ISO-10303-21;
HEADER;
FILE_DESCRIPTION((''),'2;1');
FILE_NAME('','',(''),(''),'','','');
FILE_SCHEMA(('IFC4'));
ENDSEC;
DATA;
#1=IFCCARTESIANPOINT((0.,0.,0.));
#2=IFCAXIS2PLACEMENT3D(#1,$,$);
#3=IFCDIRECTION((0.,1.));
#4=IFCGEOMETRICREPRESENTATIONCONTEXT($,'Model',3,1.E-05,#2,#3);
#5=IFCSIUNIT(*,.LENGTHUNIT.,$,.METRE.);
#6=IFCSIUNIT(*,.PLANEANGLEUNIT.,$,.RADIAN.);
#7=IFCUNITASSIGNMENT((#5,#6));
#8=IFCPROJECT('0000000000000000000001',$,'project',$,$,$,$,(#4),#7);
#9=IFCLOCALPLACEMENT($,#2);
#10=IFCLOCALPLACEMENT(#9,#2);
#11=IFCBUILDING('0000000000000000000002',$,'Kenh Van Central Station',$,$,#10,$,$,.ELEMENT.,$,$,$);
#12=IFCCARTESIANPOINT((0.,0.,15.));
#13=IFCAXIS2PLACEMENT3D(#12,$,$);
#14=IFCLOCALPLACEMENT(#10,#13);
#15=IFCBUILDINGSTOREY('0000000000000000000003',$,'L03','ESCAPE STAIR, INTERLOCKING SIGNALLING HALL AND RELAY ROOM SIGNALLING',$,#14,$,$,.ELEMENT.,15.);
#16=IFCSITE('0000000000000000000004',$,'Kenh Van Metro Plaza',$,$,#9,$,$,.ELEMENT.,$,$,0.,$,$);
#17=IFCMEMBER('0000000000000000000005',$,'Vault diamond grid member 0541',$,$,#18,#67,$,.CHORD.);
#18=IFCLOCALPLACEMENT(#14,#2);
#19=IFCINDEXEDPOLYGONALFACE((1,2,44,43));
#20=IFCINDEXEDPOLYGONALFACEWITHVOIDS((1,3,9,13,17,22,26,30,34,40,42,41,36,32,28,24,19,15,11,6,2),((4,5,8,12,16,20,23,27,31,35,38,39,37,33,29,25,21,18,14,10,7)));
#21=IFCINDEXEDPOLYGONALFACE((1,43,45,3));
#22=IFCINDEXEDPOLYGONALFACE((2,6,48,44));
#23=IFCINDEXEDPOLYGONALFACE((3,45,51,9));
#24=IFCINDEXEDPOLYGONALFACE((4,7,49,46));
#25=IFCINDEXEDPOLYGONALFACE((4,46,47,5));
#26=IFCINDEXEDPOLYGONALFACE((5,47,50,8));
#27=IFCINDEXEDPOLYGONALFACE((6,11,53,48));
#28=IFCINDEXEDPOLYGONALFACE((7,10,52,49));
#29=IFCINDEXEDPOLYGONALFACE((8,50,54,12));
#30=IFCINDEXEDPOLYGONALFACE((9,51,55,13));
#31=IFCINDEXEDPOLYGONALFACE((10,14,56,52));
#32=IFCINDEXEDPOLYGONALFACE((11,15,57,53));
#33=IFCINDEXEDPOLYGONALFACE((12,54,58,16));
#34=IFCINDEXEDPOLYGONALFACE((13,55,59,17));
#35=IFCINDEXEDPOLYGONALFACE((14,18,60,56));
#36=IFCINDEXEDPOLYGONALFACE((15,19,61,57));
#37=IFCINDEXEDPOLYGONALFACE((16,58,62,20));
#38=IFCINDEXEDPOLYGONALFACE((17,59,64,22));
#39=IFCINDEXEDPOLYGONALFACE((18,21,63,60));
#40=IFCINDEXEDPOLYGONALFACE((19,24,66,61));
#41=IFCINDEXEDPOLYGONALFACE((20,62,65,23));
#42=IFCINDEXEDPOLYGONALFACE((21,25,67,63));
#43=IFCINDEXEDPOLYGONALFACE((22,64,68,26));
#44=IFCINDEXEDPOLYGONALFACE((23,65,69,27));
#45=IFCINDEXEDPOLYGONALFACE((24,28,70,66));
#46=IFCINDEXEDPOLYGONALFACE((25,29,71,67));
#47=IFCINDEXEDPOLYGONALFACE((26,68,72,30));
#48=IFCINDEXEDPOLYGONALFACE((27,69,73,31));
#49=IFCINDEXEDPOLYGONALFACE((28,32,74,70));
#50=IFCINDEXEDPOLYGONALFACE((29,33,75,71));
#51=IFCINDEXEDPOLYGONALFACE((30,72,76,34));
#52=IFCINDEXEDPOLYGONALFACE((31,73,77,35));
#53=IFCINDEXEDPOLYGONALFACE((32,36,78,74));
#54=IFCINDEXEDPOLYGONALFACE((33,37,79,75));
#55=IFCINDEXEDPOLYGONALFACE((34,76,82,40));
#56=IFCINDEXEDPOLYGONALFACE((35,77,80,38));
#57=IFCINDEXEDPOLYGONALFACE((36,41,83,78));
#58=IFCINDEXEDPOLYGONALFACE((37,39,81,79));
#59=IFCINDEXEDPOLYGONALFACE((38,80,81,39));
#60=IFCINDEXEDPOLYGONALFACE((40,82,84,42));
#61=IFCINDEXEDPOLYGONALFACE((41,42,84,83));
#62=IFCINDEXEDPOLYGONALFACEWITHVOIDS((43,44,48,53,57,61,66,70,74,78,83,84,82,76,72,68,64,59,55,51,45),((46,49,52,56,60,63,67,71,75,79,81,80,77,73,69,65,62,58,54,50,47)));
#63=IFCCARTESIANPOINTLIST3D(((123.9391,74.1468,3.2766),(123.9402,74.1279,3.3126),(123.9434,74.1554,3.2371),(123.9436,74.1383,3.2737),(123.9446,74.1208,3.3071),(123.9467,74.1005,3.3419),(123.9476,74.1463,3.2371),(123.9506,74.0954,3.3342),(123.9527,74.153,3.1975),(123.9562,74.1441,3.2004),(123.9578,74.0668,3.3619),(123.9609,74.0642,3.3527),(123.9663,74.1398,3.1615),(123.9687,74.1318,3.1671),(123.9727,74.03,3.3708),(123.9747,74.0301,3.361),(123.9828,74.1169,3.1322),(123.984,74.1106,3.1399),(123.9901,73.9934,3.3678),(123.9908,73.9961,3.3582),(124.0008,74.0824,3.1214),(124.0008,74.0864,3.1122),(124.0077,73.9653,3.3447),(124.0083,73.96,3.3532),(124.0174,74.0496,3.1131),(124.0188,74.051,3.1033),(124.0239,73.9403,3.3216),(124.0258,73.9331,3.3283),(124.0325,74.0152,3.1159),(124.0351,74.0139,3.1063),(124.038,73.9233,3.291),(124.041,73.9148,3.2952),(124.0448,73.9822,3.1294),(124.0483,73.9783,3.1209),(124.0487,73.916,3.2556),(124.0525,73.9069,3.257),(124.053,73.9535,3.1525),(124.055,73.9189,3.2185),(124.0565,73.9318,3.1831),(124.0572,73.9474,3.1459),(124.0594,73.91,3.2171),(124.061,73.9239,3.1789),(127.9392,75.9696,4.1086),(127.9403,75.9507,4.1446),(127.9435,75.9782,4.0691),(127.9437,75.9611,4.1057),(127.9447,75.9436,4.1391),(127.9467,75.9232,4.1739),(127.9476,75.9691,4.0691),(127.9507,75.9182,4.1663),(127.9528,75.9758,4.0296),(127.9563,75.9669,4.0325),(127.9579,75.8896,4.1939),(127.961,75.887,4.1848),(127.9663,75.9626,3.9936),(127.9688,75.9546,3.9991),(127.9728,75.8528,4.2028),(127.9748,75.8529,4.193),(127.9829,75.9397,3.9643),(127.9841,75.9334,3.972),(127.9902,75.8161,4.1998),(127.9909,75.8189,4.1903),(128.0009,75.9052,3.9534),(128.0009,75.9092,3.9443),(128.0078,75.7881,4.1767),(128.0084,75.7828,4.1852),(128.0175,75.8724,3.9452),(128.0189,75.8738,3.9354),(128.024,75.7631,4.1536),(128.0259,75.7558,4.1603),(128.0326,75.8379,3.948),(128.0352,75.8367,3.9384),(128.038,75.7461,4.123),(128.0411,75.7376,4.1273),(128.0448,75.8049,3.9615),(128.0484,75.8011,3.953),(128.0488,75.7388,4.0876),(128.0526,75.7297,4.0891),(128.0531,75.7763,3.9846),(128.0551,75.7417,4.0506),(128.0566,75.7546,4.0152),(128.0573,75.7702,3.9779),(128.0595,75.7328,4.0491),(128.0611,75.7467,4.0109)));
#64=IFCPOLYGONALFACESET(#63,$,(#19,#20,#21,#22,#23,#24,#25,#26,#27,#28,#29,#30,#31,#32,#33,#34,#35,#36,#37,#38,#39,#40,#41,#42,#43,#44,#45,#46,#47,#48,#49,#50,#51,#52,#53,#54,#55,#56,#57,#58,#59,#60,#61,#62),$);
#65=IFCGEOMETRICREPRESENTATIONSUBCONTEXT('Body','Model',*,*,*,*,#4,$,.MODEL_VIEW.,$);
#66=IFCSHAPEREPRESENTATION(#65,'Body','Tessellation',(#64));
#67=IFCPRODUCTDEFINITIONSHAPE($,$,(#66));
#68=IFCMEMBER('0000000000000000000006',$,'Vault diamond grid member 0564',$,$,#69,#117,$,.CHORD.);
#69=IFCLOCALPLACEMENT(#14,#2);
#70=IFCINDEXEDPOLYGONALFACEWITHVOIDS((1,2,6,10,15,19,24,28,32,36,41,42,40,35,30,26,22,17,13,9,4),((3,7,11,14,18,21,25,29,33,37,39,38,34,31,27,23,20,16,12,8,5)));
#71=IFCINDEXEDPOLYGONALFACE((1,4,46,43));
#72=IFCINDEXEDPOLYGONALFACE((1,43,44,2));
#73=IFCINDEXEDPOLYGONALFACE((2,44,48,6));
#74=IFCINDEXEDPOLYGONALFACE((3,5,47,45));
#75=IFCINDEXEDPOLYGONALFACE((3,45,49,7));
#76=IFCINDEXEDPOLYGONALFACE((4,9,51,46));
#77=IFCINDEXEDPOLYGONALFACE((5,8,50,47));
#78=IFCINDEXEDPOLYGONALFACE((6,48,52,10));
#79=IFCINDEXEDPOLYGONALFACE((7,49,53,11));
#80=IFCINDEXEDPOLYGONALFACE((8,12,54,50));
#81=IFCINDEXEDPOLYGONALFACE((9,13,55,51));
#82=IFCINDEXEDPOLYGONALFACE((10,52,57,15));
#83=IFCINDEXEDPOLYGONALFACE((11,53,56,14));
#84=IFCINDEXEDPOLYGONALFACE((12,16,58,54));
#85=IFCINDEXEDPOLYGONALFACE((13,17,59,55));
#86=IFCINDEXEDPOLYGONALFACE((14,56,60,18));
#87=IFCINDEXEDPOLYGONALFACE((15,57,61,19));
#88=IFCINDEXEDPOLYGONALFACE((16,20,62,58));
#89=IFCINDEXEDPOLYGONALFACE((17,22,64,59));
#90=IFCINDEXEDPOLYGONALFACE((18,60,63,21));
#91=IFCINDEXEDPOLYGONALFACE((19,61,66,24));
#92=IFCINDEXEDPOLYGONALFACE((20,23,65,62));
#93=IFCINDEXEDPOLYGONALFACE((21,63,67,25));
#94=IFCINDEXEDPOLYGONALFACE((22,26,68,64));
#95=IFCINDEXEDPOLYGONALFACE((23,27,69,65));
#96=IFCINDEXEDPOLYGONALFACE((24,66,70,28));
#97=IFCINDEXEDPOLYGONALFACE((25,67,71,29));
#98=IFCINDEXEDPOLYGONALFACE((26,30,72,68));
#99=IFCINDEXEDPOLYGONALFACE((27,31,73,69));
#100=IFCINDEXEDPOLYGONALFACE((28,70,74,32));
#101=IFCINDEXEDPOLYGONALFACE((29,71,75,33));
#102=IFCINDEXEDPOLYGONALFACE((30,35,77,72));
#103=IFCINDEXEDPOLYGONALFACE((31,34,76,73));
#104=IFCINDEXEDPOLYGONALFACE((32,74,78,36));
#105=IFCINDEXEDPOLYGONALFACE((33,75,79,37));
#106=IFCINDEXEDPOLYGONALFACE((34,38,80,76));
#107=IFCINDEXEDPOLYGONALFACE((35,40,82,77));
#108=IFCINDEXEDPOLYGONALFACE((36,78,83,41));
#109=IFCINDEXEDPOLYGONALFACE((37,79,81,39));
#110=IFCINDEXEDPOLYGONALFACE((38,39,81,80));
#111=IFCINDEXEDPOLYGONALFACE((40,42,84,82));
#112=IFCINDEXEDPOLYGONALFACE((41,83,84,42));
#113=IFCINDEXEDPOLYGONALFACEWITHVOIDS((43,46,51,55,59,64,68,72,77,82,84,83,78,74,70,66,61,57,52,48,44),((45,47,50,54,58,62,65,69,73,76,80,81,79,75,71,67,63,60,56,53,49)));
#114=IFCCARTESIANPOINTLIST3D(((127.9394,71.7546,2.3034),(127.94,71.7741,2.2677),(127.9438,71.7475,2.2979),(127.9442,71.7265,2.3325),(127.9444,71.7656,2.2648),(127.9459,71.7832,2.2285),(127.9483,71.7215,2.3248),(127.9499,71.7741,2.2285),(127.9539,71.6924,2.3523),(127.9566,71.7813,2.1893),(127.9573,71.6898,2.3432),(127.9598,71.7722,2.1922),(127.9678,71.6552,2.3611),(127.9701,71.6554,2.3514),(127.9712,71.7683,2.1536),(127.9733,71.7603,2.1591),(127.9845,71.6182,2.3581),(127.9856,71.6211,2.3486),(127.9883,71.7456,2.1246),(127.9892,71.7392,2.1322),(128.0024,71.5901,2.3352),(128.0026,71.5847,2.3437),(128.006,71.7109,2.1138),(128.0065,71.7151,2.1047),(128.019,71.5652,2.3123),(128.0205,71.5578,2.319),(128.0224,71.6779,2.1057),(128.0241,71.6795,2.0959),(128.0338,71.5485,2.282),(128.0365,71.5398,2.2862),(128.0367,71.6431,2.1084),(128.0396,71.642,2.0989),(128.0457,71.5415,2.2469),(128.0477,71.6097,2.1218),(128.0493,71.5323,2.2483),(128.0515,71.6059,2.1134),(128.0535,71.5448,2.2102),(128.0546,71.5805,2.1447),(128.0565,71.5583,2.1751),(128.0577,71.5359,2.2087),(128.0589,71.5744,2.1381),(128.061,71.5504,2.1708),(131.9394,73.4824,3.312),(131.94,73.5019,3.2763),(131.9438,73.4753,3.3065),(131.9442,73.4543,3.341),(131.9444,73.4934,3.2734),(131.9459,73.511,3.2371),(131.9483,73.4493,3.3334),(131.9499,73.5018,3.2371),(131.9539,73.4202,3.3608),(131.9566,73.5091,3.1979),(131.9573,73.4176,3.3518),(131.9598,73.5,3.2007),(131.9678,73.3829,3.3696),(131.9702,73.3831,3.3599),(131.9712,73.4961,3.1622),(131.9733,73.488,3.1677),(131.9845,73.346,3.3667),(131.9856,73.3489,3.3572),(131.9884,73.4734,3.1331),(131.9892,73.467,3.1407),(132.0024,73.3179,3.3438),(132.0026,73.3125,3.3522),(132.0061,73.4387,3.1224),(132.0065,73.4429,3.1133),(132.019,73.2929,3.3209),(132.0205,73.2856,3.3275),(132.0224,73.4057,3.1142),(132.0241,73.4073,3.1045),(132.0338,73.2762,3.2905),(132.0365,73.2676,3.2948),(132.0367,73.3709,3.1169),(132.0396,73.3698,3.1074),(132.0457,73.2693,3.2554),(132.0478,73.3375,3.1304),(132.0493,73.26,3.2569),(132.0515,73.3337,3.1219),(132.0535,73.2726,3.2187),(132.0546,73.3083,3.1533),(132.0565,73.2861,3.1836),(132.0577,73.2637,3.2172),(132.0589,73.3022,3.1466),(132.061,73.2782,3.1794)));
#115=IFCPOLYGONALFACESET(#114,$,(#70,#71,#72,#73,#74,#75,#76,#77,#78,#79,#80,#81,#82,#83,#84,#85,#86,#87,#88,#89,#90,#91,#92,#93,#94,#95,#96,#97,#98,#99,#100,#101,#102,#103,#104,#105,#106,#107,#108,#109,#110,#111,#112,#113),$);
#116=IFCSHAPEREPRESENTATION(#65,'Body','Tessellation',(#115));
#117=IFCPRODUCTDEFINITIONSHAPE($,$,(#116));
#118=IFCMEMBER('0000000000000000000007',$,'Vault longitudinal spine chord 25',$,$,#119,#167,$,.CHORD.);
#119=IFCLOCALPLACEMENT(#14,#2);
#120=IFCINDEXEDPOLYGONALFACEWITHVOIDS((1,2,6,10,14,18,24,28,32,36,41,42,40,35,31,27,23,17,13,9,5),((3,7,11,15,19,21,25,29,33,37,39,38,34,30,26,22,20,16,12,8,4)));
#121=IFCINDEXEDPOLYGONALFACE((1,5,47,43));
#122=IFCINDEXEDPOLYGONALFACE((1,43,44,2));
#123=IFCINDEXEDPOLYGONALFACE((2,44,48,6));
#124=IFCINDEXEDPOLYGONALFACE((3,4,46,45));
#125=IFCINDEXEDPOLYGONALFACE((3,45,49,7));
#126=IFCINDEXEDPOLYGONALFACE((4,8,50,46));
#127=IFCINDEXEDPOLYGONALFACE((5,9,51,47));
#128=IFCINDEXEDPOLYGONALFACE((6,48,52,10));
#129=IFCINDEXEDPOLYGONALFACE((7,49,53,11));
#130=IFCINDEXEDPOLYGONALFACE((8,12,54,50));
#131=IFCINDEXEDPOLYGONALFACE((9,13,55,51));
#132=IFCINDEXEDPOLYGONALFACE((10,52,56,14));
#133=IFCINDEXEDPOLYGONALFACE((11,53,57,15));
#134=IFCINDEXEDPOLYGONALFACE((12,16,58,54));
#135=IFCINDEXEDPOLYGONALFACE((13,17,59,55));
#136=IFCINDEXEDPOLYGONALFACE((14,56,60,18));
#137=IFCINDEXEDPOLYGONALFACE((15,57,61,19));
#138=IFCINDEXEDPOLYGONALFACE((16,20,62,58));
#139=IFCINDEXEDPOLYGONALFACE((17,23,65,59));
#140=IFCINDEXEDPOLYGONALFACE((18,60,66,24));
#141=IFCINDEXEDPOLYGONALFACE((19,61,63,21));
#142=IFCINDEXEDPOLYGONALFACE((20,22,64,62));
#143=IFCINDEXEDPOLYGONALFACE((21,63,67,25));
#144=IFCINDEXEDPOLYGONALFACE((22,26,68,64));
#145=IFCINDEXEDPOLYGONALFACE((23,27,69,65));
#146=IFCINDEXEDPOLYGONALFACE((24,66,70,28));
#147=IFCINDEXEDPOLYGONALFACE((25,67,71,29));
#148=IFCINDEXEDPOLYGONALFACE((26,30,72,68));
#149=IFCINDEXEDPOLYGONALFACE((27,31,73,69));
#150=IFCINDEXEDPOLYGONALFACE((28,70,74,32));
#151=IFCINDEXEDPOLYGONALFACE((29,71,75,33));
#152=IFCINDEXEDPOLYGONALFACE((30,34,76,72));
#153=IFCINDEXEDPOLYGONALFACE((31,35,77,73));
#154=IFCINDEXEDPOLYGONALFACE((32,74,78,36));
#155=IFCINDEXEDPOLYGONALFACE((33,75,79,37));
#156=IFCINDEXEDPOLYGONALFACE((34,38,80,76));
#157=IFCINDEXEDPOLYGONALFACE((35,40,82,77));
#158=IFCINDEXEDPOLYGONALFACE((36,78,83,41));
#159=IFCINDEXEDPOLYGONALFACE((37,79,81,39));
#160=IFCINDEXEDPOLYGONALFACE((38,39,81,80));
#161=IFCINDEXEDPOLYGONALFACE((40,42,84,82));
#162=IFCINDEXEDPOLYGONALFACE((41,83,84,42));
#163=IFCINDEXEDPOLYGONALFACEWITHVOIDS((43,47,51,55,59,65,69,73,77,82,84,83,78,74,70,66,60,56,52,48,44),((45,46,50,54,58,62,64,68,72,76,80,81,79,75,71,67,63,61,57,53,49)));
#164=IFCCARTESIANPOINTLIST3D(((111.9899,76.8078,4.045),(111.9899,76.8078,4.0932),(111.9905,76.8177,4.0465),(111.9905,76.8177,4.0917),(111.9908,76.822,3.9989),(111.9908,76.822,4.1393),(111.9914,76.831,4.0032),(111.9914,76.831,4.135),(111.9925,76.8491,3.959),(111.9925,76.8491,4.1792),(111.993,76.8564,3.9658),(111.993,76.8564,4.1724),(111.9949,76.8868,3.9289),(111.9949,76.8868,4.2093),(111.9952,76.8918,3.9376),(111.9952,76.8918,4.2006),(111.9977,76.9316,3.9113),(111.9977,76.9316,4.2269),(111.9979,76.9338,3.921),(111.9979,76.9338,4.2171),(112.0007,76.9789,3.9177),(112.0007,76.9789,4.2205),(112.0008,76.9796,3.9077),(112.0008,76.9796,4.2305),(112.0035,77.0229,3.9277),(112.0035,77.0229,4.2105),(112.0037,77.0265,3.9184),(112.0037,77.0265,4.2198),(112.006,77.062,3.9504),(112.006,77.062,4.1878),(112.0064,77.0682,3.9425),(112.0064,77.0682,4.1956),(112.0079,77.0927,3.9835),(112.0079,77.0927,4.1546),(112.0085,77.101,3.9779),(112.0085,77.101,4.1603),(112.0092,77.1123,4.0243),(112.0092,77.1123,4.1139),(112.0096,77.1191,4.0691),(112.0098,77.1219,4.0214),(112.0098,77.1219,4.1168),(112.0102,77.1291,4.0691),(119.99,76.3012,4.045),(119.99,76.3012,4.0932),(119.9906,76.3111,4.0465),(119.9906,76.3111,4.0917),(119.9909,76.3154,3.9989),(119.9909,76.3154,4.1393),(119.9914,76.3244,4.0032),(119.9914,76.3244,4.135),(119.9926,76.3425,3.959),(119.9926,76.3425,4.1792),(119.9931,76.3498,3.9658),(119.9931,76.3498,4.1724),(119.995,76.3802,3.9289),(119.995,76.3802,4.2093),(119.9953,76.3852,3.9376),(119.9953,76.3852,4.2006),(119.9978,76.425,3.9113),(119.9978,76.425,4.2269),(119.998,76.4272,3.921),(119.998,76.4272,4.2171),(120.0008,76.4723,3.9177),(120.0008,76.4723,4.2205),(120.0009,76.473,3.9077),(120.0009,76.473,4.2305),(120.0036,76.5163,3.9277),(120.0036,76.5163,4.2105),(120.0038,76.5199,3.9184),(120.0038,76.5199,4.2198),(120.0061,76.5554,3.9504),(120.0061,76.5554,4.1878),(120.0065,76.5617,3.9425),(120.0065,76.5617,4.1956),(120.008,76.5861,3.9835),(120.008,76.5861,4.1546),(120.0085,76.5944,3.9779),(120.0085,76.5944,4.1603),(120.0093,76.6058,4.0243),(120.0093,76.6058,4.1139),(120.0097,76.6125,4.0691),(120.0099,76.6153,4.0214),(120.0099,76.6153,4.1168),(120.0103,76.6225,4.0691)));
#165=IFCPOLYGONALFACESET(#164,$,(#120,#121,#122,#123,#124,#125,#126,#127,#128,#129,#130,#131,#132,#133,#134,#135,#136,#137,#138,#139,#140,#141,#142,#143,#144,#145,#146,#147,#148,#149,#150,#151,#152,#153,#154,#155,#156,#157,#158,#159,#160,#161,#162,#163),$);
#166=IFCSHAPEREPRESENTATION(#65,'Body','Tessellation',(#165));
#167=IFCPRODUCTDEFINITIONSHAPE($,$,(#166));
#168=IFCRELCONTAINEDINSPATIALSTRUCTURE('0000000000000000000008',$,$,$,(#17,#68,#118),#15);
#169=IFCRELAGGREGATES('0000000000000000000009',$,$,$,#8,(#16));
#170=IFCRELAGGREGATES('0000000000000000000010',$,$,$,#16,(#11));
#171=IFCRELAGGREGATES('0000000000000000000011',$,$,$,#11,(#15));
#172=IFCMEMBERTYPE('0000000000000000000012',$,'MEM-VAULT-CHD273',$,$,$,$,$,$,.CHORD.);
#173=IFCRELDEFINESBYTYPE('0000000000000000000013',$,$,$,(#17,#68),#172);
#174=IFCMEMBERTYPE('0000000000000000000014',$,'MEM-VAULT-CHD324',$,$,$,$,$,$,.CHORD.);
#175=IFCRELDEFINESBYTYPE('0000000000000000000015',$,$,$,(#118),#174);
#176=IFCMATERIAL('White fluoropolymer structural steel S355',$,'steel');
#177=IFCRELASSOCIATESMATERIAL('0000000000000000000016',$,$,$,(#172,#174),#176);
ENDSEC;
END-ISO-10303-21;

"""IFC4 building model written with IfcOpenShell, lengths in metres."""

from ifc_helpers import new_model, si_unit, direction, frame, origin, origin_2d, place, context, subcontext, project, spatial, hollow_circle, extrude, material, material_profile, profile_set, type_object, element, save


model = new_model("IFC4")

# Units and contexts
model_context = context("Model", 3, precision=1e-05, world=origin(), true_north=direction((0.0, 1.0)))
body_context = subcontext(model_context, "Body", "Model", "MODEL_VIEW")
ifc_project = project(units=[si_unit("LENGTHUNIT", "METRE"), si_unit("PLANEANGLEUNIT", "RADIAN")], contexts=[model_context])

# Site, building, storey
site_placement = place(None, origin())
site = spatial("IfcSite", under=ifc_project, at=site_placement, Name="Kenh Van Metro Plaza", CompositionType="ELEMENT", RefElevation=0.0)
building_placement = place(site_placement, origin())
building = spatial("IfcBuilding", under=site, at=building_placement, Name="Kenh Van Central Station", CompositionType="ELEMENT")
storey_placement = place(building_placement, frame((0.0, 0.0, 15.0)))
storey = spatial("IfcBuildingStorey", under=building, at=storey_placement, Name="L03", Description="ESCAPE STAIR, INTERLOCKING SIGNALLING HALL AND RELAY ROOM SIGNALLING", CompositionType="ELEMENT", Elevation=15.0)

# Shared definitions
ifc_material_1 = material(Name="White fluoropolymer structural steel S355", Category="steel")

# Members
ifc_material_profile_1 = material_profile(ifc_material_1, hollow_circle(Radius=0.1365, WallThickness=0.01, at=origin_2d()), Name="CHS 273x10")
ifc_profile_set_1 = profile_set([ifc_material_profile_1], Name="White fluoropolymer structural steel S355")
member_type_1 = type_object("IfcMemberType", Name="MEM-VAULT-CHD273", PredefinedType="CHORD", material=ifc_profile_set_1)
member_1_placement = place(storey_placement, frame((124.0, 74.0312, 3.2371), z_axis=(0.894098, 0.40743, 0.185979), x_axis=(-0.414665, 0.909974, 0.0)))
element("IfcMember", 1, at=member_1_placement, inside=storey, type_object=member_type_1, Name="Vault diamond grid member 0541", PredefinedType="CHORD", context=body_context, shape_type="SweptSolid", body=[
    extrude(hollow_circle(Radius=0.1365, WallThickness=0.01, at=origin_2d()), origin(), (0.0, 0.0, 1.0), 4.4739),
])
member_2_placement = place(storey_placement, frame((128.0, 71.658, 2.2285), z_axis=(0.894374, 0.386321, 0.225504), x_axis=(-0.396535, 0.91802, 0.0)))
element("IfcMember", 2, at=member_2_placement, inside=storey, type_object=member_type_1, Name="Vault diamond grid member 0564", PredefinedType="CHORD", context=body_context, shape_type="SweptSolid", body=[
    extrude(hollow_circle(Radius=0.1365, WallThickness=0.01, at=origin_2d()), origin(), (0.0, 0.0, 1.0), 4.4724),
])
ifc_material_profile_2 = material_profile(ifc_material_1, hollow_circle(Radius=0.1619, WallThickness=0.01, at=origin_2d()), Name="CHS 323.9x10")
ifc_profile_set_2 = profile_set([ifc_material_profile_2], Name="White fluoropolymer structural steel S355")
member_type_2 = type_object("IfcMemberType", Name="MEM-VAULT-CHD324", PredefinedType="CHORD", material=ifc_profile_set_2)
member_3_placement = place(storey_placement, frame((112.0, 76.9675, 4.0691), z_axis=(0.998001, -0.063197, 0.0), x_axis=(0.063197, 0.998001, 0.0)))
element("IfcMember", 3, at=member_3_placement, inside=storey, type_object=member_type_2, Name="Vault longitudinal spine chord 25", PredefinedType="CHORD", context=body_context, shape_type="SweptSolid", body=[
    extrude(hollow_circle(Radius=0.1619, WallThickness=0.01, at=origin_2d()), origin(), (0.0, 0.0, 1.0), 8.0161),
])

save(model, "model.ifc")
